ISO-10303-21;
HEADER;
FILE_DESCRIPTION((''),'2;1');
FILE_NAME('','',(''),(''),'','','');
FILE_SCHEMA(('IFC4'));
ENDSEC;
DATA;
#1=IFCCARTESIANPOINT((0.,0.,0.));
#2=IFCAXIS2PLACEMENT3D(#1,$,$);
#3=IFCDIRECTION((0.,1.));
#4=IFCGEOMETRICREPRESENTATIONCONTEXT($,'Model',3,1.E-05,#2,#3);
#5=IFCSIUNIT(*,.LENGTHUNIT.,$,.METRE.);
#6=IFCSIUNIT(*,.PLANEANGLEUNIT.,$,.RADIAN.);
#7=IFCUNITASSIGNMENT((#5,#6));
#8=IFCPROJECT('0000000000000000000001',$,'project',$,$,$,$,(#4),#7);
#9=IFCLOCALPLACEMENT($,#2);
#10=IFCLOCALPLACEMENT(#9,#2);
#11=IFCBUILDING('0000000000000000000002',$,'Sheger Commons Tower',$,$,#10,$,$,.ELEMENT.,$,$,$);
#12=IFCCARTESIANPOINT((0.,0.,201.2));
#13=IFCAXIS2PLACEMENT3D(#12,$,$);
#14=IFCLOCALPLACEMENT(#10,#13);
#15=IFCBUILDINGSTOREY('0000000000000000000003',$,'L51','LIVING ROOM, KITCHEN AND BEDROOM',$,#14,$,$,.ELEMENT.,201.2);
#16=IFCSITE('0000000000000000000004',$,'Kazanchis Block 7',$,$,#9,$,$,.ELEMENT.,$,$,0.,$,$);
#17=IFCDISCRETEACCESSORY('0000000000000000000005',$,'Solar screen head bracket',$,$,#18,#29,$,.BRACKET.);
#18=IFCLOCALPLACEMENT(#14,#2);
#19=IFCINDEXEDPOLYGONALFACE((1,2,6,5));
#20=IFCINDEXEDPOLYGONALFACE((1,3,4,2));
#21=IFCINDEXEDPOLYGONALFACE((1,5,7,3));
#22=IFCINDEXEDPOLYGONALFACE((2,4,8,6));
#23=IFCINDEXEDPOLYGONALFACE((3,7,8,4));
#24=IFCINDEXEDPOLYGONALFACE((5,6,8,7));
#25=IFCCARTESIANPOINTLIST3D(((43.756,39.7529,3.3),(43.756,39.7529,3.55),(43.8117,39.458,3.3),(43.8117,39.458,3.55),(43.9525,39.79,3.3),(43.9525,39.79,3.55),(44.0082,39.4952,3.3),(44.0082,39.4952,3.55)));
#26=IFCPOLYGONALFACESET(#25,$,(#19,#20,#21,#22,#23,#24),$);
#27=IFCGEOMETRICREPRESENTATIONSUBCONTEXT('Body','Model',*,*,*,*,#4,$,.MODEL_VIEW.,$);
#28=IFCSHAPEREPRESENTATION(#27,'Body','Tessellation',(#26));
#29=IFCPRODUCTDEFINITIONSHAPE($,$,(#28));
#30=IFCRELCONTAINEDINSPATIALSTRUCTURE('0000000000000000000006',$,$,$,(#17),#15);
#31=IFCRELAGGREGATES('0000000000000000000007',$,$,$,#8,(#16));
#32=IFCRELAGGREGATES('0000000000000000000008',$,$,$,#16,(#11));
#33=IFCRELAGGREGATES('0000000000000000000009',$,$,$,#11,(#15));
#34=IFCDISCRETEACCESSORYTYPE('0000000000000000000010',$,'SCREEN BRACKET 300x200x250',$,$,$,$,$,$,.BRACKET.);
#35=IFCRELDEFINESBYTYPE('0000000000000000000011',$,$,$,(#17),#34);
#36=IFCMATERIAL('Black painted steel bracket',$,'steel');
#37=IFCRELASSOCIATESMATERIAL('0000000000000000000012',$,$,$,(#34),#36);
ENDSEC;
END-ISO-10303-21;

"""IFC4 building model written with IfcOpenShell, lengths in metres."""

from ifc_helpers import new_model, si_unit, direction, frame, origin, origin_2d, place, context, subcontext, project, spatial, rectangle, extrude, material, type_object, element, save


model = new_model("IFC4")

# Units and contexts
model_context = context("Model", 3, precision=1e-05, world=origin(), true_north=direction((0.0, 1.0)))
body_context = subcontext(model_context, "Body", "Model", "MODEL_VIEW")
ifc_project = project(units=[si_unit("LENGTHUNIT", "METRE"), si_unit("PLANEANGLEUNIT", "RADIAN")], contexts=[model_context])

# Site, building, storey
site_placement = place(None, origin())
site = spatial("IfcSite", under=ifc_project, at=site_placement, Name="Kazanchis Block 7", CompositionType="ELEMENT", RefElevation=0.0)
building_placement = place(site_placement, origin())
building = spatial("IfcBuilding", under=site, at=building_placement, Name="Sheger Commons Tower", CompositionType="ELEMENT")
storey_placement = place(building_placement, frame((0.0, 0.0, 201.2)))
storey = spatial("IfcBuildingStorey", under=building, at=storey_placement, Name="L51", Description="LIVING ROOM, KITCHEN AND BEDROOM", CompositionType="ELEMENT", Elevation=201.2)

# Discrete accessory
ifc_material_1 = material(Name="Black painted steel bracket", Category="steel")
discrete_accessory_type = type_object("IfcDiscreteAccessoryType", Name="SCREEN BRACKET 300x200x250", PredefinedType="BRACKET", material=ifc_material_1)
for number, where, z_axis, x_axis, name in (
    (1, (43.8821, 39.624, 3.3), (0.0, 0.0, 1.0), (-0.185615, 0.982623, 0.0), "Solar screen head bracket"),
):
    element("IfcDiscreteAccessory", number, at=place(storey_placement, frame(where, z_axis=z_axis, x_axis=x_axis)), inside=storey, type_object=discrete_accessory_type, Name=name, PredefinedType="BRACKET", context=body_context, shape_type="SweptSolid", body=[
        extrude(rectangle(XDim=0.3, YDim=0.2, at=origin_2d()), origin(), (0.0, 0.0, 1.0), 0.25),
    ])

save(model, "model.ifc")
